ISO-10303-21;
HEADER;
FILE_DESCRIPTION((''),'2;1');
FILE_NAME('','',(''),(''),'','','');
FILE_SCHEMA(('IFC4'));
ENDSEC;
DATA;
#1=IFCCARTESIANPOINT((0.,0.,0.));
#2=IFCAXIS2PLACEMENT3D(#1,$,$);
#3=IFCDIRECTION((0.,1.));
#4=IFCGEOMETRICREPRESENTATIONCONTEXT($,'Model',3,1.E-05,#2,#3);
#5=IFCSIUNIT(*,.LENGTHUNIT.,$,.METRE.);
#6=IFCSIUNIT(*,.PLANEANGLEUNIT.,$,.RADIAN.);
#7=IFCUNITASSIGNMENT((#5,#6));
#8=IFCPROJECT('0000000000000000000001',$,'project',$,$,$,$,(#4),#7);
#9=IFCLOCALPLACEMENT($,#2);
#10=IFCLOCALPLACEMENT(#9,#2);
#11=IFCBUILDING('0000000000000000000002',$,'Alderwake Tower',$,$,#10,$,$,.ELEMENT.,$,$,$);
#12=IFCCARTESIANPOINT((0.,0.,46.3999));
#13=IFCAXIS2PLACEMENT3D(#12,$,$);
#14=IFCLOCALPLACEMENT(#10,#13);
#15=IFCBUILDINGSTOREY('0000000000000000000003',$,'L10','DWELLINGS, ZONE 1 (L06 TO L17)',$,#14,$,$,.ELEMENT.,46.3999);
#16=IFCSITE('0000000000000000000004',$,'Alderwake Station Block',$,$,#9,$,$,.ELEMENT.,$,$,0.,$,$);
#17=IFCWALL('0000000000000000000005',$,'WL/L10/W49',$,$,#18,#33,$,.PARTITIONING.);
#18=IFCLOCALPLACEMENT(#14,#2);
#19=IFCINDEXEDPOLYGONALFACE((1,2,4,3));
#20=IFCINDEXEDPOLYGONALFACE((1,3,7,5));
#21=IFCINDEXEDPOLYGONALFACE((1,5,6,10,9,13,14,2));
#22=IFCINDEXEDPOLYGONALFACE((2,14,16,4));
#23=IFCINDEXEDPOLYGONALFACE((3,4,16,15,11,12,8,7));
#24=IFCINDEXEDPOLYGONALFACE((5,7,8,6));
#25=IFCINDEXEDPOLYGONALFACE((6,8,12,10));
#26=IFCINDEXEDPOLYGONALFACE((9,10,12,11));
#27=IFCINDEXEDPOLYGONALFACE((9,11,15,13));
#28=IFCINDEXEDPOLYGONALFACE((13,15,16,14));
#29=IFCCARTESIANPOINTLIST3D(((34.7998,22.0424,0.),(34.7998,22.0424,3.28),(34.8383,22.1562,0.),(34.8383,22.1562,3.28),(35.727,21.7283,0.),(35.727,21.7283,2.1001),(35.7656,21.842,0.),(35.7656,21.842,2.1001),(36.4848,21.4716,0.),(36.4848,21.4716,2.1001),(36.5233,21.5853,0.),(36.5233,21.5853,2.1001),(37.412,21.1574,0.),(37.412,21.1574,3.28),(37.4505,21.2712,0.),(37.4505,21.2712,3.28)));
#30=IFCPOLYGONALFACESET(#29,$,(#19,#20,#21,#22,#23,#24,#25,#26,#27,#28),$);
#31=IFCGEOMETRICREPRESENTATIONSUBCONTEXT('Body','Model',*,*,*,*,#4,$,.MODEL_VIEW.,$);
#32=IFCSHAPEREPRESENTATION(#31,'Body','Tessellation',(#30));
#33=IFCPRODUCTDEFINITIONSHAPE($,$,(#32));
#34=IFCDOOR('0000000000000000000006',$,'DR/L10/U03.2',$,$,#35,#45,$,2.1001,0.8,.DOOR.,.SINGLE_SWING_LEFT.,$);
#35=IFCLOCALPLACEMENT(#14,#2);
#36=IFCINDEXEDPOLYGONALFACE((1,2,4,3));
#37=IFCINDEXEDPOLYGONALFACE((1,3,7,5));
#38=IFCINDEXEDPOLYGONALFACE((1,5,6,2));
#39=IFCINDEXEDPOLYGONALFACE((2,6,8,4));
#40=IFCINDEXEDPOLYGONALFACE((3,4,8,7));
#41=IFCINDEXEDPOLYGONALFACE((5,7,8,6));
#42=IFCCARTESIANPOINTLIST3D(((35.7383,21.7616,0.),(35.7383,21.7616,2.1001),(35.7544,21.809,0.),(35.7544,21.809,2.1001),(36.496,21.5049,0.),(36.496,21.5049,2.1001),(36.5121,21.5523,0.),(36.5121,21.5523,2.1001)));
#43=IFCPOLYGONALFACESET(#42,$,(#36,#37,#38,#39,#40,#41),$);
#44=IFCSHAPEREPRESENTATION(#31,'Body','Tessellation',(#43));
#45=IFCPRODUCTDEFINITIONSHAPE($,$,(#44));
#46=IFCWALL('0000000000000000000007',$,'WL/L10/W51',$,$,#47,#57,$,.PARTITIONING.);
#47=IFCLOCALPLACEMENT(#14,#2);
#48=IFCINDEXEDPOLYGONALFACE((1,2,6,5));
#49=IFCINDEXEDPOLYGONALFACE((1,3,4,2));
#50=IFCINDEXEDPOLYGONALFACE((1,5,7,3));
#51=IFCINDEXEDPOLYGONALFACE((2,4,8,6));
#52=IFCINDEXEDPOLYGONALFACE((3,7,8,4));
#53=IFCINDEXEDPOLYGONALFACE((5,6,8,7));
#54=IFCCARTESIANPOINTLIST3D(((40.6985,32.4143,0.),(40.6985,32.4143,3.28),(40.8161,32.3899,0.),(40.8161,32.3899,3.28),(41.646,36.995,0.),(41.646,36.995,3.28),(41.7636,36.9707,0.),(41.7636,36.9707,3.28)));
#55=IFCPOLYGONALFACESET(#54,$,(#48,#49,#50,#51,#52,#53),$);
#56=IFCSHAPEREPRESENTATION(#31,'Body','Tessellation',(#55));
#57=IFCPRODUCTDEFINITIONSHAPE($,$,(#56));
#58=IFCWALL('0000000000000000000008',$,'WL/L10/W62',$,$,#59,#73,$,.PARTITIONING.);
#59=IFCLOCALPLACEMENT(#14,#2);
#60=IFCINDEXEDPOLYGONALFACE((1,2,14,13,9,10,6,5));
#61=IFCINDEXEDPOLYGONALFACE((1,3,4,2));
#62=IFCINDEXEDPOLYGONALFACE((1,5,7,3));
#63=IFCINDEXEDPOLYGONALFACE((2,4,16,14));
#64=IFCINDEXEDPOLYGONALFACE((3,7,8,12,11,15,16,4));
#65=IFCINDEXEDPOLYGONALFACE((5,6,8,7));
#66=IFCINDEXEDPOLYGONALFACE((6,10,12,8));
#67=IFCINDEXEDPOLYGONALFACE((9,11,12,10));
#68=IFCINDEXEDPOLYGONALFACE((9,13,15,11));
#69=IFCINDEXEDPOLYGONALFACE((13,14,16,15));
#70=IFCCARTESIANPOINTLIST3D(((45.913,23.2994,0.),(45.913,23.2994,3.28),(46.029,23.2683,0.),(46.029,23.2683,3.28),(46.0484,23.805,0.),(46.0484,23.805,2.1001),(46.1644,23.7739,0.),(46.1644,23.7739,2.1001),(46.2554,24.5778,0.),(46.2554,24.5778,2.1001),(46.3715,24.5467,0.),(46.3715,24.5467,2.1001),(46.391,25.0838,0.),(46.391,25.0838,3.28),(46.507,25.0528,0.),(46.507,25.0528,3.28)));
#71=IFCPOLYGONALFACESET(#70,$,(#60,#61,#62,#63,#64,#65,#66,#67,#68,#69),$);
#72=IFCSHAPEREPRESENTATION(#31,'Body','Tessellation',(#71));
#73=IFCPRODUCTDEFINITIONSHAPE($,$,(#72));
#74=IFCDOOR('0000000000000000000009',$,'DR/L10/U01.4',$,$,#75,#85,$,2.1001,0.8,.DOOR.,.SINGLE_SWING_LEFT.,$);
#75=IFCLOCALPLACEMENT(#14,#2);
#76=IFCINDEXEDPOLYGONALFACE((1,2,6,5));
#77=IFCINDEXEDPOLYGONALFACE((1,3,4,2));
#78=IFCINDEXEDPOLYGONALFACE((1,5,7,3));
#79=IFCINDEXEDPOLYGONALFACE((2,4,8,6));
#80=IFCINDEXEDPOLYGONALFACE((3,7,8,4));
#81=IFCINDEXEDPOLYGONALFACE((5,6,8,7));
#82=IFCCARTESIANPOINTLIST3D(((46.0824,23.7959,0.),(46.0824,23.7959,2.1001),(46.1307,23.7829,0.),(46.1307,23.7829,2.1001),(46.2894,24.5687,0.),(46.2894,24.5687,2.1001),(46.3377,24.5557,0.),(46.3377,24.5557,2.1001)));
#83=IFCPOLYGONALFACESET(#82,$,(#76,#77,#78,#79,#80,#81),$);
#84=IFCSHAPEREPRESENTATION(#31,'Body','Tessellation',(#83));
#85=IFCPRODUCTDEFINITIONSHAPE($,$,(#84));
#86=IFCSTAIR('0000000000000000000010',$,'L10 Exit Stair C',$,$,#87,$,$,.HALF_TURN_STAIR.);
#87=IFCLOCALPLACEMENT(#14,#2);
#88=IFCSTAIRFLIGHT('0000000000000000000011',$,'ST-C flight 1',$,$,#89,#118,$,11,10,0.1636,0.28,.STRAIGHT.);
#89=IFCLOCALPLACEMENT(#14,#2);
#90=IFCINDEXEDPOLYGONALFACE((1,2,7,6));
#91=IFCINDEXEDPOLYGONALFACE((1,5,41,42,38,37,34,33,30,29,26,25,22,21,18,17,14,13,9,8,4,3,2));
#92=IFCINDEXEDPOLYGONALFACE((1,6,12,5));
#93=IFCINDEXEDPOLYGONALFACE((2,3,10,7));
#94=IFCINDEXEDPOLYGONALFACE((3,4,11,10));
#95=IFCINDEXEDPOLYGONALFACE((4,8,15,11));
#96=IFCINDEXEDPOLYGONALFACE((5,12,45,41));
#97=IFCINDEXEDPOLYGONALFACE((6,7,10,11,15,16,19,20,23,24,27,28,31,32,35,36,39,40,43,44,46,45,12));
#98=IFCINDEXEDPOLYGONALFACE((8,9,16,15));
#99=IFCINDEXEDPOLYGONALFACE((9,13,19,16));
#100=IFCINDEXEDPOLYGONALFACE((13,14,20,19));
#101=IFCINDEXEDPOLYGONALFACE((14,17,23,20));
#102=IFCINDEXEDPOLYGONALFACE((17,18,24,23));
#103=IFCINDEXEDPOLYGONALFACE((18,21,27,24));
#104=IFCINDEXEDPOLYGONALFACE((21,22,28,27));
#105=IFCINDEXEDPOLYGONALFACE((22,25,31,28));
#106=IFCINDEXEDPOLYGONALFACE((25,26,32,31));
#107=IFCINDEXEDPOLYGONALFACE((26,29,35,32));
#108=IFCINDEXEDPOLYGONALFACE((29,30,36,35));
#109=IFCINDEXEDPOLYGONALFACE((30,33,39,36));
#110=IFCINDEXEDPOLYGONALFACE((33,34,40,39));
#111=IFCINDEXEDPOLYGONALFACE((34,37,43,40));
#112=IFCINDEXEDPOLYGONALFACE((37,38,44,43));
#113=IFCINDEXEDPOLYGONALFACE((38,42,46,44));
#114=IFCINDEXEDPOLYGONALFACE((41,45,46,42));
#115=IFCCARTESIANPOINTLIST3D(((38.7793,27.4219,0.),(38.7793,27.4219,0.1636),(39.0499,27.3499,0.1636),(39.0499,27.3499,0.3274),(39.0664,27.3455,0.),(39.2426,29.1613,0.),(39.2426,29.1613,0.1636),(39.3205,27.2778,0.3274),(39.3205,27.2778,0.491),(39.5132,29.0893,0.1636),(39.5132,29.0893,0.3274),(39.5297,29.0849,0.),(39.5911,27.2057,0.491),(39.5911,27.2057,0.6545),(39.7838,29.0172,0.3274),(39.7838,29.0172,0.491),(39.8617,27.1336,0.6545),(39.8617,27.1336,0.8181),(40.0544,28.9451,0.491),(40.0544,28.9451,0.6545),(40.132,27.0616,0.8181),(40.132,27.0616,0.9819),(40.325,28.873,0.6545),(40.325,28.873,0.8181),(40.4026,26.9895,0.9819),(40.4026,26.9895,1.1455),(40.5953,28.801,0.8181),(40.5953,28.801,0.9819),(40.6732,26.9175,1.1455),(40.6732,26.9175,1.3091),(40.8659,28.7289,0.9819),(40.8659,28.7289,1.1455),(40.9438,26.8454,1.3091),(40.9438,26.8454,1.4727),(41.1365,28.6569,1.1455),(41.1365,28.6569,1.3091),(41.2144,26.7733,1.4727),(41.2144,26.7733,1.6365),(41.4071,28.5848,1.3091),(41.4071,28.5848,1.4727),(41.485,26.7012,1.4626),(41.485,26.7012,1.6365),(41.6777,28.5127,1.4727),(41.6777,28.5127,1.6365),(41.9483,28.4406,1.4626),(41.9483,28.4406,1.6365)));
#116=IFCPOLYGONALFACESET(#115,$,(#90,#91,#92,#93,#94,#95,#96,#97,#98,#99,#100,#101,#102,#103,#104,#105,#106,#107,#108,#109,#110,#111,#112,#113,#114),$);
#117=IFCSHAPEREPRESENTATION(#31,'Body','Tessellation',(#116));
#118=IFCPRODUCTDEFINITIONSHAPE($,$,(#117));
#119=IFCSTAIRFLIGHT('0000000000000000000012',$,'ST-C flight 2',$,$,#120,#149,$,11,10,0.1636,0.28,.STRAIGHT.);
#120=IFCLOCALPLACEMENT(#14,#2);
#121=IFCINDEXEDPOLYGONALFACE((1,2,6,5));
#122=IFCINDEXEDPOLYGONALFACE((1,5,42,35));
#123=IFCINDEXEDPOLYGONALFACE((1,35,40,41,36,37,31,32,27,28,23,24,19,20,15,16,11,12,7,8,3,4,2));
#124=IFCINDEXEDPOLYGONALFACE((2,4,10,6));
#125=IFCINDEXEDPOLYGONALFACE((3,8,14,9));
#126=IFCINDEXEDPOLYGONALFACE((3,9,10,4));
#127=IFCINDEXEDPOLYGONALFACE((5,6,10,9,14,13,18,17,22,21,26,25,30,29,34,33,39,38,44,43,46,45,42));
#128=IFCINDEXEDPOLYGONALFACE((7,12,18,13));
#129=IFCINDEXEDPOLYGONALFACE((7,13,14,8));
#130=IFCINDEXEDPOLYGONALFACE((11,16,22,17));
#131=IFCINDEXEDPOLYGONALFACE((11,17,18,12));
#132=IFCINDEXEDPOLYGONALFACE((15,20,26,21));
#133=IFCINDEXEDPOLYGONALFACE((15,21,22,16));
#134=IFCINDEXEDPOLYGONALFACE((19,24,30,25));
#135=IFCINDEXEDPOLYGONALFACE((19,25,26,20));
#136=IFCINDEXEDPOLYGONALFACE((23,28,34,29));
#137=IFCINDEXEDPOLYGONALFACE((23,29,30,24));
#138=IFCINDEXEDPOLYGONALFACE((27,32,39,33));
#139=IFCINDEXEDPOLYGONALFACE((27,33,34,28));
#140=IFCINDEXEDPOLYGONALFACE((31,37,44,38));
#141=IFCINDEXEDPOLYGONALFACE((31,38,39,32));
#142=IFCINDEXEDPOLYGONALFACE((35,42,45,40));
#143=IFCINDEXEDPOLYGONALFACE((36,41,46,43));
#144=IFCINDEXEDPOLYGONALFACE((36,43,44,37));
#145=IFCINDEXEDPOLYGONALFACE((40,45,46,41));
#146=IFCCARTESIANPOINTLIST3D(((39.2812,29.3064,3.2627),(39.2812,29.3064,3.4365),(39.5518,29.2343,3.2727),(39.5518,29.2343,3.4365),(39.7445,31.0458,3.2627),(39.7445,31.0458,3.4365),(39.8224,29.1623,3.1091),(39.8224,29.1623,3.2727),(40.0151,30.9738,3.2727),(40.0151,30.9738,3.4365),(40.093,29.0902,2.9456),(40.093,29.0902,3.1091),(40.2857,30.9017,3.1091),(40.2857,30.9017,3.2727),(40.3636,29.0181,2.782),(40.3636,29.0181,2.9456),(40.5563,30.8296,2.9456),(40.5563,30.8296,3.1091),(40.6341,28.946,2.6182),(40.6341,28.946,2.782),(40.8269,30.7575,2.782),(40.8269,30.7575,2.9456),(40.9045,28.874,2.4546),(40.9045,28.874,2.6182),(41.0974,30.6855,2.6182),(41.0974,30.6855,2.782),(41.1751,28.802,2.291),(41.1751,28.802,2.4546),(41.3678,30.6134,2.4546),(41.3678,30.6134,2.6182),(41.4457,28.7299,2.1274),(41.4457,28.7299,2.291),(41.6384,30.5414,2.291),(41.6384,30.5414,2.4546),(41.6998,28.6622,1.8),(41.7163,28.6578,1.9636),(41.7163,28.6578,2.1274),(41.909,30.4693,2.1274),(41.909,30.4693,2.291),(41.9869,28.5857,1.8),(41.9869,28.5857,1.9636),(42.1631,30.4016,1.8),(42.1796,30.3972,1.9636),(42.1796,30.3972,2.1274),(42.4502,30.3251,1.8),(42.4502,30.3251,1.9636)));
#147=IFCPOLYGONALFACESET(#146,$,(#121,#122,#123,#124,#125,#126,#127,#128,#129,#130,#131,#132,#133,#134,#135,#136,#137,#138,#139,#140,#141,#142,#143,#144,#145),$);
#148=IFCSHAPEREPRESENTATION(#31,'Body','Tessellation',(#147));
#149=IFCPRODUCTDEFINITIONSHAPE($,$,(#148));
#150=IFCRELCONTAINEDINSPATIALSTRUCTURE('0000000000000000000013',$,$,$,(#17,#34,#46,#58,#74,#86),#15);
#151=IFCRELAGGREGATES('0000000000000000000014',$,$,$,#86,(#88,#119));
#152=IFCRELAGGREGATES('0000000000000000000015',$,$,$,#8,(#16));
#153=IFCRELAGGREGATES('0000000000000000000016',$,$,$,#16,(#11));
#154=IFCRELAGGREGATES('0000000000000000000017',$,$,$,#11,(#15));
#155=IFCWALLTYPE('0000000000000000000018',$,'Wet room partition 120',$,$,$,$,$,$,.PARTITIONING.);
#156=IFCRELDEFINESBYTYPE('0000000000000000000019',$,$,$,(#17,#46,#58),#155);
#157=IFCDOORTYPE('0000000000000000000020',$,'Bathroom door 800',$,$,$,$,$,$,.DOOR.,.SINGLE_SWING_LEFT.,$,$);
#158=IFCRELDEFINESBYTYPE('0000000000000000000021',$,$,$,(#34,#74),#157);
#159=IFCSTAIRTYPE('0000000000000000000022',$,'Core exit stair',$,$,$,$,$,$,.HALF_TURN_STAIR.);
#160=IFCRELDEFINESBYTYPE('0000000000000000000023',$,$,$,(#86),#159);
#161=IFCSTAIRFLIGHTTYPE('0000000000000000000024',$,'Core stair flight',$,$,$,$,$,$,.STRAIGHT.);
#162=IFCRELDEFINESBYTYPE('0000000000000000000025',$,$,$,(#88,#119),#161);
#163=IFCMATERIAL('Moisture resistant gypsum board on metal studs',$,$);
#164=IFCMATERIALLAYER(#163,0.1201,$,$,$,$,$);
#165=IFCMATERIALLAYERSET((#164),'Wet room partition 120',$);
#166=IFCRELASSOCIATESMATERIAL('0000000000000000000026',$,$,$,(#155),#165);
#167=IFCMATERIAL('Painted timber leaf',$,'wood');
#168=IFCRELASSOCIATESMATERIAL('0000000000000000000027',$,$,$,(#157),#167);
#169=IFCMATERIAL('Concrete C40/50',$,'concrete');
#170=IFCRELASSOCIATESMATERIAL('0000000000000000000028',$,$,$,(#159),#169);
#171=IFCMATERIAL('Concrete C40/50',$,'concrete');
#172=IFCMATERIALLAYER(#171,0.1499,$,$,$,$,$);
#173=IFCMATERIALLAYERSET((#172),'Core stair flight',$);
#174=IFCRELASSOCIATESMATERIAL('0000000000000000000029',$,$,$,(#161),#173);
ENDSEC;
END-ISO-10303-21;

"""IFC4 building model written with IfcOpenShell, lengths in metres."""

from ifc_helpers import new_model, si_unit, direction, frame, frame_2d, origin, place, context, subcontext, project, spatial, polyline, rectangle, outline, extrude, material, layer, layer_set, type_object, element, fill, aggregate, save


model = new_model("IFC4")

# Units and contexts
model_context = context("Model", 3, precision=1e-05, world=origin(), true_north=direction((0.0, 1.0)))
body_context = subcontext(model_context, "Body", "Model", "MODEL_VIEW")
ifc_project = project(units=[si_unit("LENGTHUNIT", "METRE"), si_unit("PLANEANGLEUNIT", "RADIAN")], contexts=[model_context])

# Site, building, storey
site_placement = place(None, origin())
site = spatial("IfcSite", under=ifc_project, at=site_placement, Name="Alderwake Station Block", CompositionType="ELEMENT", RefElevation=0.0)
building_placement = place(site_placement, origin())
building = spatial("IfcBuilding", under=site, at=building_placement, Name="Alderwake Tower", CompositionType="ELEMENT")
storey_placement = place(building_placement, frame((0.0, 0.0, 46.3999)))
storey = spatial("IfcBuildingStorey", under=building, at=storey_placement, Name="L10", Description="DWELLINGS, ZONE 1 (L06 TO L17)", CompositionType="ELEMENT", Elevation=46.3999)

# Shared definitions
ifc_material_1 = material(Name="Moisture resistant gypsum board on metal studs")
ifc_layer_1 = layer(ifc_material_1, 0.1201)
ifc_layer_set_1 = layer_set([ifc_layer_1], Name="Wet room partition 120")
wall_type_1 = type_object("IfcWallType", Name="Wet room partition 120", PredefinedType="PARTITIONING", material=ifc_layer_set_1)

# Wall, opening, door
wall_1_placement = place(storey_placement, frame((37.4312, 21.2144, 0.0), z_axis=(0.0, 0.0, 1.0), x_axis=(-0.947123, 0.320871, 0.0)))
wall_1 = element("IfcWall", 1, at=wall_1_placement, inside=storey, type_object=wall_type_1, Name="WL/L10/W49", PredefinedType="PARTITIONING", context=body_context, shape_type="SweptSolid", body=[
    extrude(rectangle(XDim=2.7581, YDim=0.1201, at=frame_2d((1.3789, 0.0))), origin(), (0.0, 0.0, 1.0), 3.28),
])
opening_1_placement = place(wall_1_placement, frame((0.979, 0.0, 0.0)))
opening_1 = element("IfcOpeningElement", 2, at=opening_1_placement, cuts=wall_1, PredefinedType="OPENING", context=body_context, shape_type="SweptSolid", body=[
    extrude(rectangle(XDim=0.8, YDim=2.1001, at=frame_2d((0.3999, 1.05))), frame((0.0, 0.0701, 0.0), z_axis=(0.0, -1.0, 0.0), x_axis=(1.0, 0.0, 0.0)), (0.0, 0.0, 1.0), 0.1401),
])
ifc_material_2 = material(Name="Painted timber leaf", Category="wood")
door_type_1 = type_object("IfcDoorType", Name="Bathroom door 800", OperationType="SINGLE_SWING_LEFT", PredefinedType="DOOR", material=ifc_material_2)
door_1_placement = place(opening_1_placement, origin())
door_1 = element("IfcDoor", 3, at=door_1_placement, inside=storey, type_object=door_type_1, Name="DR/L10/U03.2", OperationType="SINGLE_SWING_LEFT", OverallHeight=2.1001, OverallWidth=0.8, PredefinedType="DOOR", context=body_context, shape_type="SweptSolid", body=[
    extrude(rectangle(XDim=0.8, YDim=2.1001, at=frame_2d((0.3999, 1.05))), frame((0.0, 0.0249, 0.0), z_axis=(0.0, -1.0, 0.0), x_axis=(1.0, 0.0, 0.0)), (0.0, 0.0, 1.0), 0.05),
])
fill(opening_1, door_1)

# Wall
wall_2_placement = place(storey_placement, frame((40.7573, 32.4021, 0.0), z_axis=(0.0, 0.0, 1.0), x_axis=(0.202556, 0.979271, 0.0)))
element("IfcWall", 4, at=wall_2_placement, inside=storey, type_object=wall_type_1, Name="WL/L10/W51", PredefinedType="PARTITIONING", context=body_context, shape_type="SweptSolid", body=[
    extrude(rectangle(XDim=4.6777, YDim=0.1201, at=frame_2d((2.3389, 0.0))), origin(), (0.0, 0.0, 1.0), 3.28),
])

# Wall, opening, door
wall_3_placement = place(storey_placement, frame((45.9709, 23.2837, 0.0), z_axis=(0.0, 0.0, 1.0), x_axis=(0.258765, 0.96594, 0.0)))
wall_3 = element("IfcWall", 5, at=wall_3_placement, inside=storey, type_object=wall_type_1, Name="WL/L10/W62", PredefinedType="PARTITIONING", context=body_context, shape_type="SweptSolid", body=[
    extrude(rectangle(XDim=1.8474, YDim=0.1201, at=frame_2d((0.9238, 0.0))), origin(), (0.0, 0.0, 1.0), 3.28),
])
opening_2_placement = place(wall_3_placement, frame((0.5237, 0.0, 0.0)))
opening_2 = element("IfcOpeningElement", 6, at=opening_2_placement, cuts=wall_3, PredefinedType="OPENING", context=body_context, shape_type="SweptSolid", body=[
    extrude(rectangle(XDim=0.8, YDim=2.1001, at=frame_2d((0.3999, 1.05))), frame((0.0, 0.0701, 0.0), z_axis=(0.0, -1.0, 0.0), x_axis=(1.0, 0.0, 0.0)), (0.0, 0.0, 1.0), 0.1401),
])
door_2_placement = place(opening_2_placement, origin())
door_2 = element("IfcDoor", 7, at=door_2_placement, inside=storey, type_object=door_type_1, Name="DR/L10/U01.4", OperationType="SINGLE_SWING_LEFT", OverallHeight=2.1001, OverallWidth=0.8, PredefinedType="DOOR", context=body_context, shape_type="SweptSolid", body=[
    extrude(rectangle(XDim=0.8, YDim=2.1001, at=frame_2d((0.3999, 1.05))), frame((0.0, 0.0249, 0.0), z_axis=(0.0, -1.0, 0.0), x_axis=(1.0, 0.0, 0.0)), (0.0, 0.0, 1.0), 0.05),
])
fill(opening_2, door_2)

# Stair, stair flights
ifc_material_3 = material(Name="Concrete C40/50", Category="concrete")
stair_type = type_object("IfcStairType", Name="Core exit stair", PredefinedType="HALF_TURN_STAIR", material=ifc_material_3)
stair_placement = place(storey_placement, origin())
stair = element("IfcStair", 8, at=stair_placement, inside=storey, type_object=stair_type, Name="L10 Exit Stair C", PredefinedType="HALF_TURN_STAIR")
ifc_material_4 = material(Name="Concrete C40/50", Category="concrete")
ifc_layer_2 = layer(ifc_material_4, 0.1499)
ifc_layer_set_2 = layer_set([ifc_layer_2], Name="Core stair flight")
stair_flight_type = type_object("IfcStairFlightType", Name="Core stair flight", PredefinedType="STRAIGHT", material=ifc_layer_set_2)
stair_flight_1_placement = place(storey_placement, frame((39.011, 28.2917, 0.0), z_axis=(0.0, 0.0, 1.0), x_axis=(0.96631, -0.257382, 0.0)))
stair_flight_1 = element("IfcStairFlight", 9, at=stair_flight_1_placement, type_object=stair_flight_type, Name="ST-C flight 1", NumberOfRisers=11, NumberOfTreads=10, PredefinedType="STRAIGHT", RiserHeight=0.1636, TreadLength=0.28, context=body_context, shape_type="SweptSolid", body=[
    extrude(outline(polyline([(0.0, 0.0), (0.0, 0.1636), (0.28, 0.1636), (0.28, 0.3274), (0.5601, 0.3274), (0.5601, 0.491), (0.8401, 0.491), (0.8401, 0.6545), (1.1201, 0.6545), (1.1201, 0.8181), (1.3999, 0.8181), (1.3999, 0.9819), (1.6799, 0.9819), (1.6799, 1.1455), (1.96, 1.1455), (1.96, 1.3091), (2.24, 1.3091), (2.24, 1.4727), (2.52, 1.4727), (2.52, 1.6365), (2.8, 1.6365), (2.8, 1.8), (2.8, 1.4626), (0.2971, 0.0), (0.0, 0.0)])), frame((0.0, 0.8999, 0.0), z_axis=(0.0, -1.0, 0.0), x_axis=(1.0, 0.0, 0.0)), (0.0, 0.0, 1.0), 1.8),
])
stair_flight_2_placement = place(storey_placement, frame((42.2185, 29.4553, 1.8), z_axis=(0.0, 0.0, 1.0), x_axis=(-0.96631, 0.257382, 0.0)))
stair_flight_2 = element("IfcStairFlight", 10, at=stair_flight_2_placement, type_object=stair_flight_type, Name="ST-C flight 2", NumberOfRisers=11, NumberOfTreads=10, PredefinedType="STRAIGHT", RiserHeight=0.1636, TreadLength=0.28, context=body_context, shape_type="SweptSolid", body=[
    extrude(outline(polyline([(0.0, 0.0), (0.0, 0.1636), (0.28, 0.1636), (0.28, 0.3274), (0.5601, 0.3274), (0.5601, 0.491), (0.8401, 0.491), (0.8401, 0.6545), (1.1201, 0.6545), (1.1201, 0.8181), (1.3999, 0.8181), (1.3999, 0.9819), (1.6799, 0.9819), (1.6799, 1.1455), (1.96, 1.1455), (1.96, 1.3091), (2.24, 1.3091), (2.24, 1.4727), (2.52, 1.4727), (2.52, 1.6365), (2.8, 1.6365), (2.8, 1.8), (2.8, 1.4626), (0.2971, 0.0), (0.0, 0.0)])), frame((0.0, 0.8999, 0.0), z_axis=(0.0, -1.0, 0.0), x_axis=(1.0, 0.0, 0.0)), (0.0, 0.0, 1.0), 1.8),
])
aggregate(stair, [stair_flight_1, stair_flight_2])

save(model, "model.ifc")
